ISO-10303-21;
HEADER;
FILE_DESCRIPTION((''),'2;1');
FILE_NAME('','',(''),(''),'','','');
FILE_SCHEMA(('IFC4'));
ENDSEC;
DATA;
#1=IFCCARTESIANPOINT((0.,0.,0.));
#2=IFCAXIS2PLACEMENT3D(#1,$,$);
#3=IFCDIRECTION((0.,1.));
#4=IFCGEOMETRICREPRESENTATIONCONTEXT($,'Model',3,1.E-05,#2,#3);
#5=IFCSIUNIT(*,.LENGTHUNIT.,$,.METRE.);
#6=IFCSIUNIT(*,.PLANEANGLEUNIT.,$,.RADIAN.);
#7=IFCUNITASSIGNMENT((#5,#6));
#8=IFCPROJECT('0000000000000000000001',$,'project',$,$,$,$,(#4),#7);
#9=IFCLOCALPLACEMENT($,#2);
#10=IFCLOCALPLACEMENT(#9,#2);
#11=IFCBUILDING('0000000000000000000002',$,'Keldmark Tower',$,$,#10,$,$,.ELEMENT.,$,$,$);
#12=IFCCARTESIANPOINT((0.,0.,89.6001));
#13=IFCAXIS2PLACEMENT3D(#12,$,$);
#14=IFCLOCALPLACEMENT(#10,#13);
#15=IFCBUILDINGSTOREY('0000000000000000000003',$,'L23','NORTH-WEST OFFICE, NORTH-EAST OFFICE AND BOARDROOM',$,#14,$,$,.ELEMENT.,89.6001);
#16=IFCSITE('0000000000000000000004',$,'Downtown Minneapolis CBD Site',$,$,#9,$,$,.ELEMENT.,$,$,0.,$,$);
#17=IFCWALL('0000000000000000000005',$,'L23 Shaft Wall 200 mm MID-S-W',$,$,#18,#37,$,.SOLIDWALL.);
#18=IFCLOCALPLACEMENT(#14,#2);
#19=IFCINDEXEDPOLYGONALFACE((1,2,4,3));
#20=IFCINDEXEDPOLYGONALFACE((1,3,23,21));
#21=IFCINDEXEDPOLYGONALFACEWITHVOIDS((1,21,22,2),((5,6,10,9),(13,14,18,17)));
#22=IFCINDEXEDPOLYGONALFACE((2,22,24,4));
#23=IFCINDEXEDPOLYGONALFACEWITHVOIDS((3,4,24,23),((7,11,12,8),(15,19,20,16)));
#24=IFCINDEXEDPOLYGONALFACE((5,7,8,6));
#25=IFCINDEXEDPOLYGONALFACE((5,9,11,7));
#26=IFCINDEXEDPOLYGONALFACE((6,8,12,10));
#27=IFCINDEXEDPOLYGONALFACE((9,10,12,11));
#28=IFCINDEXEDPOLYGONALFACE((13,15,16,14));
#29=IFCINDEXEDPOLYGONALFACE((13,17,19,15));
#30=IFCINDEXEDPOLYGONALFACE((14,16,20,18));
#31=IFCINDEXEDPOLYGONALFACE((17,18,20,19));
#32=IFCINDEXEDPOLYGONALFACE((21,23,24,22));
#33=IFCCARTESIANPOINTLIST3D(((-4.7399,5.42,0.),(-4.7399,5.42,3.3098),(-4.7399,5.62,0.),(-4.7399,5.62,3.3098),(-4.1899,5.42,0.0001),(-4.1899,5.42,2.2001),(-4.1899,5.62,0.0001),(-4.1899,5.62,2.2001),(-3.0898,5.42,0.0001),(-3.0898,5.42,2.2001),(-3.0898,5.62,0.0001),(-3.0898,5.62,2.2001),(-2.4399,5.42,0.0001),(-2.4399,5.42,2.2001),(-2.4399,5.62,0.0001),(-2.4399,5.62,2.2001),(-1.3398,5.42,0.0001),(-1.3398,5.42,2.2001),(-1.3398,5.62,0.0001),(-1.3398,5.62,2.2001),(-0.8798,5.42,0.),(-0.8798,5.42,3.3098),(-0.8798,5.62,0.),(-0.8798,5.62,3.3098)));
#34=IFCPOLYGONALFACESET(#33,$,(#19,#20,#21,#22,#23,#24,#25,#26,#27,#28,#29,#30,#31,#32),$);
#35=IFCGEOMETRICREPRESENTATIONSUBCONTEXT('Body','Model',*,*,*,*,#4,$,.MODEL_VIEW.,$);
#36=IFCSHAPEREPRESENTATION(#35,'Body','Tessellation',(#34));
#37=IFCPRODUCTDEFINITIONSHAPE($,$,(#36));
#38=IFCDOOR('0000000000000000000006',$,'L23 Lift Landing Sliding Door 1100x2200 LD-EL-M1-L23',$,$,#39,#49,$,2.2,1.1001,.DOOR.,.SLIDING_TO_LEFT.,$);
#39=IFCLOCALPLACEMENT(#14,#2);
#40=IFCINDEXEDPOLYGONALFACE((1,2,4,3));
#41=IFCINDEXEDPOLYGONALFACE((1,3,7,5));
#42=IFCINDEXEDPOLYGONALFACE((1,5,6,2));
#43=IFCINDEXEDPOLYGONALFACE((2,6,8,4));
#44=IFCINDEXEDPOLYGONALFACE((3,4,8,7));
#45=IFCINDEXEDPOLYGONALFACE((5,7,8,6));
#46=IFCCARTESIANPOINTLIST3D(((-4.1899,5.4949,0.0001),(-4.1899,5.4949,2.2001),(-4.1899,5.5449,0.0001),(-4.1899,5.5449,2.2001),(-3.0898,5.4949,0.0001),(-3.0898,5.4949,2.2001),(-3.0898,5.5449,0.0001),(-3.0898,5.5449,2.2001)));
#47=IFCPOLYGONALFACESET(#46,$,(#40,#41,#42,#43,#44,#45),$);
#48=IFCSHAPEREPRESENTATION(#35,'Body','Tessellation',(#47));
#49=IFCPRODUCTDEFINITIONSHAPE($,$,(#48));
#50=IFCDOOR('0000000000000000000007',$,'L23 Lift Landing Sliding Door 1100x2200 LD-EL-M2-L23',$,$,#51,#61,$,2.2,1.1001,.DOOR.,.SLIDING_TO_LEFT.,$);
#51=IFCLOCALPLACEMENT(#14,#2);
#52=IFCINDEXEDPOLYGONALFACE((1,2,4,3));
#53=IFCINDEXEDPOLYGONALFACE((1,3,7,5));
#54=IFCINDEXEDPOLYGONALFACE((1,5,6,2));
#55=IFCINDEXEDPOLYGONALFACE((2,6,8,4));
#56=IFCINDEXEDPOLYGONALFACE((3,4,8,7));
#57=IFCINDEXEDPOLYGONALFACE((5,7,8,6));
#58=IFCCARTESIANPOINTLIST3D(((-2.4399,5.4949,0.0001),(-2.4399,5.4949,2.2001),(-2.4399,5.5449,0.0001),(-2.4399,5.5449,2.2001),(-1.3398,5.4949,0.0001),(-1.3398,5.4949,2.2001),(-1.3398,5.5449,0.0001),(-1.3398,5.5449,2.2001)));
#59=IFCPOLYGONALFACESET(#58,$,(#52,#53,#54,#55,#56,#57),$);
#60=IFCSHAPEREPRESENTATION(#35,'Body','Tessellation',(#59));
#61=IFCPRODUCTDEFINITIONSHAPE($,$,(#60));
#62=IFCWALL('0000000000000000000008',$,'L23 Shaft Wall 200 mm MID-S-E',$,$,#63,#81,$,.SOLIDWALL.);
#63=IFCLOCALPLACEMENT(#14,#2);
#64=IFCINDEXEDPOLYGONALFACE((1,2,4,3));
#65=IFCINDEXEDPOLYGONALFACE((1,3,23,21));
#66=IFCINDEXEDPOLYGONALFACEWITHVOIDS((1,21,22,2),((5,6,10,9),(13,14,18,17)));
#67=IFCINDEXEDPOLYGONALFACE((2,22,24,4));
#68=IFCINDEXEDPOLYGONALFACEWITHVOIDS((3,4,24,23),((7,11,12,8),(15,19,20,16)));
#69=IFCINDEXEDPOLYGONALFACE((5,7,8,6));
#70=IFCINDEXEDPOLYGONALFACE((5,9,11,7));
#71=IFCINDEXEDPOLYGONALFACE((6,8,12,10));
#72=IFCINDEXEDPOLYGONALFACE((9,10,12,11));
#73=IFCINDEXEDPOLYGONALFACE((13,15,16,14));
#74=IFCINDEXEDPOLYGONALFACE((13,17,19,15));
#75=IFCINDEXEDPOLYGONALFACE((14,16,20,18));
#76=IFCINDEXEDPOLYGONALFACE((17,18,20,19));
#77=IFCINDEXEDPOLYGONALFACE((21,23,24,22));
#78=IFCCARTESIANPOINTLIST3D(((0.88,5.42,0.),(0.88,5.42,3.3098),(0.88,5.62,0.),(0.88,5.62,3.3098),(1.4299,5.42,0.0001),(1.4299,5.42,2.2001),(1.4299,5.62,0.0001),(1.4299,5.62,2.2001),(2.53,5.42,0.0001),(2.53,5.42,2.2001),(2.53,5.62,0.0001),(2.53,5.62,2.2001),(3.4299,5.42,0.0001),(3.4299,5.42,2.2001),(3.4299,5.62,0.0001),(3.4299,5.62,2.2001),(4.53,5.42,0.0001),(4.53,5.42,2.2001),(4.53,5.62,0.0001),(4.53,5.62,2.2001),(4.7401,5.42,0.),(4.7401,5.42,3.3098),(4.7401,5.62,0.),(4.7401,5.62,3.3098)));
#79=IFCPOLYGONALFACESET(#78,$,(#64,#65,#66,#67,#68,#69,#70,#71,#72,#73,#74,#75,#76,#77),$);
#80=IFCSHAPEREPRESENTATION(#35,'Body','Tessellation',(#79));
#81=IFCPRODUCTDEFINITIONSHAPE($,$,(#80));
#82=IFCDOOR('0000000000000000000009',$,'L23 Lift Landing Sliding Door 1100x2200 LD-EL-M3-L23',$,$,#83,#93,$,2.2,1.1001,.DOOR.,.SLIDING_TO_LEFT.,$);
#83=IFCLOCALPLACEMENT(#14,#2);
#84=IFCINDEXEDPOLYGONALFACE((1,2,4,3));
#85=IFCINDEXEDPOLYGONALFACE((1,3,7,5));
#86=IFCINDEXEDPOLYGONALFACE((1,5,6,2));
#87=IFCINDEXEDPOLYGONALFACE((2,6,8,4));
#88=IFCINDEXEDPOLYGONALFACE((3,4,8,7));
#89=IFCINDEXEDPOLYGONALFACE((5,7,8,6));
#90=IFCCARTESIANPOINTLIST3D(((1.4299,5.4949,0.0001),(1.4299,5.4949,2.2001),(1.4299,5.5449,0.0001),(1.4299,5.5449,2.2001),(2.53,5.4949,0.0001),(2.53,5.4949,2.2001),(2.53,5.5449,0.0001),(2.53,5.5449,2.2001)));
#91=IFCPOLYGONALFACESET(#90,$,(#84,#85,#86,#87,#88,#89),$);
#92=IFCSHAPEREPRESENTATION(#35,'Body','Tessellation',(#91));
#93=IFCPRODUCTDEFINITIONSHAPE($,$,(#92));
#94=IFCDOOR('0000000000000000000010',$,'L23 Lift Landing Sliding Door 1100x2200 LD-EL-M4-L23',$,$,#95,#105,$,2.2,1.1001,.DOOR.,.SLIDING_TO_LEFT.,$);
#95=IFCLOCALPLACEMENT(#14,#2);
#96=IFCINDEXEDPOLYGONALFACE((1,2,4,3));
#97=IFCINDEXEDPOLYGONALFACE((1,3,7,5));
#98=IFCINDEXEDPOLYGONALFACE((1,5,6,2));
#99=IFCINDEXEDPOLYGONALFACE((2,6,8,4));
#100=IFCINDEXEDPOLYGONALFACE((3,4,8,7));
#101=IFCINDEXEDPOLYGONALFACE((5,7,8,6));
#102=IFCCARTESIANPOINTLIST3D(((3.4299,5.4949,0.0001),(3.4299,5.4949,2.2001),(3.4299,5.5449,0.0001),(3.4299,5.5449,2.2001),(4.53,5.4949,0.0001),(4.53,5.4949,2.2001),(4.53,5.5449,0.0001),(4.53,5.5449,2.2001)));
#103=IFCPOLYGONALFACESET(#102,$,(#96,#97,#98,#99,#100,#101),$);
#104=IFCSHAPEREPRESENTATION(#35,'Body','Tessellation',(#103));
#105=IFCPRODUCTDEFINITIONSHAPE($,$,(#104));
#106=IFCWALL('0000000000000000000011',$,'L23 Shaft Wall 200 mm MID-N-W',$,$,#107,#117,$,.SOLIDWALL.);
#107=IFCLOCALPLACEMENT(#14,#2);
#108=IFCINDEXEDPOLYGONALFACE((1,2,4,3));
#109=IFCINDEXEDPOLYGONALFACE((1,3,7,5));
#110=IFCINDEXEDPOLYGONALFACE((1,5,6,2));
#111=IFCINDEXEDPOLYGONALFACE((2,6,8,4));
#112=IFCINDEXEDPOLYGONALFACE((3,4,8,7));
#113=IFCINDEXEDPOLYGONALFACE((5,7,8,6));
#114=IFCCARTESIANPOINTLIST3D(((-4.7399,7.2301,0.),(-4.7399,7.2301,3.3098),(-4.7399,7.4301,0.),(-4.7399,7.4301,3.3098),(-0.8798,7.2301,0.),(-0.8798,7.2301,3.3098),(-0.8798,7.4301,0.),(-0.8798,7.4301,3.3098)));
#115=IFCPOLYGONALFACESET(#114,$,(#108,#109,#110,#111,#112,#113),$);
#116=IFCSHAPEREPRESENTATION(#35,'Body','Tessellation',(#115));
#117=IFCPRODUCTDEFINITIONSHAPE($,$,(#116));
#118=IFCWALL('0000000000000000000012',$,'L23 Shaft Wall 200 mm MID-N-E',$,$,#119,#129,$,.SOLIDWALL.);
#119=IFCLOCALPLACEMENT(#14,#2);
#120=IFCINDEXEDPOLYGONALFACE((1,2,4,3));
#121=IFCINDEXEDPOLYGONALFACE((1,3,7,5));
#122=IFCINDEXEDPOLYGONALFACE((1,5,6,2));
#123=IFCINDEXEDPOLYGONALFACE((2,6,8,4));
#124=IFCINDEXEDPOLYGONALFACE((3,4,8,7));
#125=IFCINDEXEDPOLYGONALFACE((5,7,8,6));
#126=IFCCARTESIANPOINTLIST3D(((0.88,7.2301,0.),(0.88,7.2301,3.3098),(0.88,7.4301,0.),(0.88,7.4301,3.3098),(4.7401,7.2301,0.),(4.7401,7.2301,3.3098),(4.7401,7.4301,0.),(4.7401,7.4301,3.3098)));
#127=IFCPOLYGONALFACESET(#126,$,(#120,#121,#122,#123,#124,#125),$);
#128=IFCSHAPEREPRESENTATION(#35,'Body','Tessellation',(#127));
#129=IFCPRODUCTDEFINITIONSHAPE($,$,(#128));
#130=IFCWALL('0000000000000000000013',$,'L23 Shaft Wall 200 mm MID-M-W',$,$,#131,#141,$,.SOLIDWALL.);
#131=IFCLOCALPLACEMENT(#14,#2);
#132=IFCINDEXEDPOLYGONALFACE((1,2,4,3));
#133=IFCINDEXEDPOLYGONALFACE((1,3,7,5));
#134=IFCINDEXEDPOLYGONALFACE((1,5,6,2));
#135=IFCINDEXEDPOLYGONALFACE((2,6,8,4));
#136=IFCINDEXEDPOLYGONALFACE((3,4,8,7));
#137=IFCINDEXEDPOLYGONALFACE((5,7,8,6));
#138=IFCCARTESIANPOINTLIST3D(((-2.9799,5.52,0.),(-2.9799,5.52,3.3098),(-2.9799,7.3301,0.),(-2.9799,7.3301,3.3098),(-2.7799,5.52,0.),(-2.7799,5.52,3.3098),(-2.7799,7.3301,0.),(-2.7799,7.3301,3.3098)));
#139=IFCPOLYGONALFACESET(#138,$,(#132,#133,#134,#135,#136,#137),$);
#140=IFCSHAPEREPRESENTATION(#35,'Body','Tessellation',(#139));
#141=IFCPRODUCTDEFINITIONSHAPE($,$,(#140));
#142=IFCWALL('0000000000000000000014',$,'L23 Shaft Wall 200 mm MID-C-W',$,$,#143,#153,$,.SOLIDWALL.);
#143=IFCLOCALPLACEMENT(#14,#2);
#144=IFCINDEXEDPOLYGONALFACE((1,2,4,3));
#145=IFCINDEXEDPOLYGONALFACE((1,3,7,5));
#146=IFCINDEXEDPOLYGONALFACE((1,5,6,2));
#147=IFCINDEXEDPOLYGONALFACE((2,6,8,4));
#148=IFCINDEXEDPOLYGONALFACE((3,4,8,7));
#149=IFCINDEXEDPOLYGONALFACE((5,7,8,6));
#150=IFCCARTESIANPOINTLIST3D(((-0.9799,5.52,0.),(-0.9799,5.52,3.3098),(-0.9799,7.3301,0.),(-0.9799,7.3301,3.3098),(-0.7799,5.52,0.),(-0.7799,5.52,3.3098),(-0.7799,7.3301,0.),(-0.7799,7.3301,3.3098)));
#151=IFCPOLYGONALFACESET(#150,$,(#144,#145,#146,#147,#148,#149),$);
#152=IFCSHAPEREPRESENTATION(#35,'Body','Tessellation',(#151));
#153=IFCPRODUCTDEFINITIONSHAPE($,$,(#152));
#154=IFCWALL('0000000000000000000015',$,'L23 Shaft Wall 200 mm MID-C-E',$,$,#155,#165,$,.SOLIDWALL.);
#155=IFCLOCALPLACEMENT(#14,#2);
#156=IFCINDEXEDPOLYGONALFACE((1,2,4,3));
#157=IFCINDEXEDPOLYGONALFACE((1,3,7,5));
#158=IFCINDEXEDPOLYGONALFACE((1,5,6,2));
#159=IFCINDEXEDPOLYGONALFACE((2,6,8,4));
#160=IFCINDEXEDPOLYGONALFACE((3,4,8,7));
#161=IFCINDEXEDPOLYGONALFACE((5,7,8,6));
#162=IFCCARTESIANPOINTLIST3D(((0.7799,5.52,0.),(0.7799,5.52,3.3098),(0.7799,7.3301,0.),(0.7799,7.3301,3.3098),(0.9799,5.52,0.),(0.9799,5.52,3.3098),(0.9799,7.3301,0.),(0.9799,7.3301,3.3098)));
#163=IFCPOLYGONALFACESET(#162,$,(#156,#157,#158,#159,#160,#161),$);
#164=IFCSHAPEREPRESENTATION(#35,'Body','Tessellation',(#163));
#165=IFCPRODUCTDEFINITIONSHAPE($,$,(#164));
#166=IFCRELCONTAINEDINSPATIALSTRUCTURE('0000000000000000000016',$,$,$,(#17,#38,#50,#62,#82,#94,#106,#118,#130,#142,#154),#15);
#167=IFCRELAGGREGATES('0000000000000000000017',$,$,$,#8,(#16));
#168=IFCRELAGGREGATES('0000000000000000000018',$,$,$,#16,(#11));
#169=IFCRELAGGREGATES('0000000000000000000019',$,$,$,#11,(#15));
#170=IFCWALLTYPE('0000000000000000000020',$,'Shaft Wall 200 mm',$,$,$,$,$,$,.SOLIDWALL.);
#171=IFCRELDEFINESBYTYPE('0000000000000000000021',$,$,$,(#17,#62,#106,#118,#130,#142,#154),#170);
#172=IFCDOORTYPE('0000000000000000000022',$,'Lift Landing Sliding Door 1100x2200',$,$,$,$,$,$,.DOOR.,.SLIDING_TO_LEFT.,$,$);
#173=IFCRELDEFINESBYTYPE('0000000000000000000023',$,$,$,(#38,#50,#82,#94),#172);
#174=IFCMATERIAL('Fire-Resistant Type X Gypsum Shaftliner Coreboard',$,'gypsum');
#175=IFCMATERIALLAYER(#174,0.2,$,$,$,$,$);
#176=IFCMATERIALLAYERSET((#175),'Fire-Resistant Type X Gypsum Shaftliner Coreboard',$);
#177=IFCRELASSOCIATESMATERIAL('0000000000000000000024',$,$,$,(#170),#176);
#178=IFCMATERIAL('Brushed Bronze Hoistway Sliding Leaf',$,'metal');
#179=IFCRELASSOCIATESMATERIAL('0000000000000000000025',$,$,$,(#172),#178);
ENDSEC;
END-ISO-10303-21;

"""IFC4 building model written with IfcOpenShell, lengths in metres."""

from ifc_helpers import new_model, si_unit, direction, frame, frame_2d, origin, place, context, subcontext, project, spatial, rectangle, extrude, material, layer, layer_set, type_object, element, fill, save


model = new_model("IFC4")

# Units and contexts
model_context = context("Model", 3, precision=1e-05, world=origin(), true_north=direction((0.0, 1.0)))
body_context = subcontext(model_context, "Body", "Model", "MODEL_VIEW")
ifc_project = project(units=[si_unit("LENGTHUNIT", "METRE"), si_unit("PLANEANGLEUNIT", "RADIAN")], contexts=[model_context])

# Site, building, storey
site_placement = place(None, origin())
site = spatial("IfcSite", under=ifc_project, at=site_placement, Name="Downtown Minneapolis CBD Site", CompositionType="ELEMENT", RefElevation=0.0)
building_placement = place(site_placement, origin())
building = spatial("IfcBuilding", under=site, at=building_placement, Name="Keldmark Tower", CompositionType="ELEMENT")
storey_placement = place(building_placement, frame((0.0, 0.0, 89.6001)))
storey = spatial("IfcBuildingStorey", under=building, at=storey_placement, Name="L23", Description="NORTH-WEST OFFICE, NORTH-EAST OFFICE AND BOARDROOM", CompositionType="ELEMENT", Elevation=89.6001)

# Walls, openings, doors
ifc_material_1 = material(Name="Fire-Resistant Type X Gypsum Shaftliner Coreboard", Category="gypsum")
ifc_layer_1 = layer(ifc_material_1, 0.2)
ifc_layer_set_1 = layer_set([ifc_layer_1], Name="Fire-Resistant Type X Gypsum Shaftliner Coreboard")
wall_type_1 = type_object("IfcWallType", Name="Shaft Wall 200 mm", PredefinedType="SOLIDWALL", material=ifc_layer_set_1)
wall_1_placement = place(storey_placement, frame((-4.74, 5.52, 0.0), z_axis=(0.0, 0.0, 1.0), x_axis=(1.0, 0.0, 0.0)))
wall_1 = element("IfcWall", 1, at=wall_1_placement, inside=storey, type_object=wall_type_1, Name="L23 Shaft Wall 200 mm MID-S-W", PredefinedType="SOLIDWALL", context=body_context, shape_type="SweptSolid", body=[
    extrude(rectangle(XDim=3.8601, YDim=0.2, at=frame_2d((1.9302, 0.0))), origin(), (0.0, 0.0, 1.0), 3.3098),
])
opening_1_placement = place(wall_1_placement, frame((0.55, 0.0, 0.0)))
opening_1 = element("IfcOpeningElement", 2, at=opening_1_placement, cuts=wall_1, PredefinedType="OPENING", context=body_context, shape_type="SweptSolid", body=[
    extrude(rectangle(XDim=1.1001, YDim=2.2, at=frame_2d((0.55, 1.1001))), frame((0.0, 0.1099, 0.0), z_axis=(0.0, -1.0, 0.0), x_axis=(1.0, 0.0, 0.0)), (0.0, 0.0, 1.0), 0.22),
])
opening_2_placement = place(wall_1_placement, frame((2.3, 0.0, 0.0)))
opening_2 = element("IfcOpeningElement", 3, at=opening_2_placement, cuts=wall_1, PredefinedType="OPENING", context=body_context, shape_type="SweptSolid", body=[
    extrude(rectangle(XDim=1.1001, YDim=2.2, at=frame_2d((0.55, 1.1001))), frame((0.0, 0.1099, 0.0), z_axis=(0.0, -1.0, 0.0), x_axis=(1.0, 0.0, 0.0)), (0.0, 0.0, 1.0), 0.22),
])
ifc_material_2 = material(Name="Brushed Bronze Hoistway Sliding Leaf", Category="metal")
door_type_1 = type_object("IfcDoorType", Name="Lift Landing Sliding Door 1100x2200", OperationType="SLIDING_TO_LEFT", PredefinedType="DOOR", material=ifc_material_2)
door_1_placement = place(opening_1_placement, origin())
door_1 = element("IfcDoor", 4, at=door_1_placement, inside=storey, type_object=door_type_1, Name="L23 Lift Landing Sliding Door 1100x2200 LD-EL-M1-L23", OperationType="SLIDING_TO_LEFT", OverallHeight=2.2, OverallWidth=1.1001, PredefinedType="DOOR", context=body_context, shape_type="SweptSolid", body=[
    extrude(rectangle(XDim=1.1001, YDim=2.2, at=frame_2d((0.55, 1.1001))), frame((0.0, 0.0249, 0.0), z_axis=(0.0, -1.0, 0.0), x_axis=(1.0, 0.0, 0.0)), (0.0, 0.0, 1.0), 0.05),
])
fill(opening_1, door_1)
door_2_placement = place(opening_2_placement, origin())
door_2 = element("IfcDoor", 5, at=door_2_placement, inside=storey, type_object=door_type_1, Name="L23 Lift Landing Sliding Door 1100x2200 LD-EL-M2-L23", OperationType="SLIDING_TO_LEFT", OverallHeight=2.2, OverallWidth=1.1001, PredefinedType="DOOR", context=body_context, shape_type="SweptSolid", body=[
    extrude(rectangle(XDim=1.1001, YDim=2.2, at=frame_2d((0.55, 1.1001))), frame((0.0, 0.0249, 0.0), z_axis=(0.0, -1.0, 0.0), x_axis=(1.0, 0.0, 0.0)), (0.0, 0.0, 1.0), 0.05),
])
fill(opening_2, door_2)
wall_2_placement = place(storey_placement, frame((0.8799, 5.52, 0.0), z_axis=(0.0, 0.0, 1.0), x_axis=(1.0, 0.0, 0.0)))
wall_2 = element("IfcWall", 6, at=wall_2_placement, inside=storey, type_object=wall_type_1, Name="L23 Shaft Wall 200 mm MID-S-E", PredefinedType="SOLIDWALL", context=body_context, shape_type="SweptSolid", body=[
    extrude(rectangle(XDim=3.8601, YDim=0.2, at=frame_2d((1.9302, 0.0))), origin(), (0.0, 0.0, 1.0), 3.3098),
])
opening_3_placement = place(wall_2_placement, frame((0.55, 0.0, 0.0)))
opening_3 = element("IfcOpeningElement", 7, at=opening_3_placement, cuts=wall_2, PredefinedType="OPENING", context=body_context, shape_type="SweptSolid", body=[
    extrude(rectangle(XDim=1.1001, YDim=2.2, at=frame_2d((0.55, 1.1001))), frame((0.0, 0.1099, 0.0), z_axis=(0.0, -1.0, 0.0), x_axis=(1.0, 0.0, 0.0)), (0.0, 0.0, 1.0), 0.22),
])
opening_4_placement = place(wall_2_placement, frame((2.55, 0.0, 0.0)))
opening_4 = element("IfcOpeningElement", 8, at=opening_4_placement, cuts=wall_2, PredefinedType="OPENING", context=body_context, shape_type="SweptSolid", body=[
    extrude(rectangle(XDim=1.1001, YDim=2.2, at=frame_2d((0.55, 1.1001))), frame((0.0, 0.1099, 0.0), z_axis=(0.0, -1.0, 0.0), x_axis=(1.0, 0.0, 0.0)), (0.0, 0.0, 1.0), 0.22),
])
door_3_placement = place(opening_3_placement, origin())
door_3 = element("IfcDoor", 9, at=door_3_placement, inside=storey, type_object=door_type_1, Name="L23 Lift Landing Sliding Door 1100x2200 LD-EL-M3-L23", OperationType="SLIDING_TO_LEFT", OverallHeight=2.2, OverallWidth=1.1001, PredefinedType="DOOR", context=body_context, shape_type="SweptSolid", body=[
    extrude(rectangle(XDim=1.1001, YDim=2.2, at=frame_2d((0.55, 1.1001))), frame((0.0, 0.0249, 0.0), z_axis=(0.0, -1.0, 0.0), x_axis=(1.0, 0.0, 0.0)), (0.0, 0.0, 1.0), 0.05),
])
fill(opening_3, door_3)
door_4_placement = place(opening_4_placement, origin())
door_4 = element("IfcDoor", 10, at=door_4_placement, inside=storey, type_object=door_type_1, Name="L23 Lift Landing Sliding Door 1100x2200 LD-EL-M4-L23", OperationType="SLIDING_TO_LEFT", OverallHeight=2.2, OverallWidth=1.1001, PredefinedType="DOOR", context=body_context, shape_type="SweptSolid", body=[
    extrude(rectangle(XDim=1.1001, YDim=2.2, at=frame_2d((0.55, 1.1001))), frame((0.0, 0.0249, 0.0), z_axis=(0.0, -1.0, 0.0), x_axis=(1.0, 0.0, 0.0)), (0.0, 0.0, 1.0), 0.05),
])
fill(opening_4, door_4)

# Walls
for number, where, z_axis, x_axis, name in (
    (11, (-4.74, 7.3301, 0.0), (0.0, 0.0, 1.0), (1.0, 0.0, 0.0), "L23 Shaft Wall 200 mm MID-N-W"),
    (12, (0.8799, 7.3301, 0.0), (0.0, 0.0, 1.0), (1.0, 0.0, 0.0), "L23 Shaft Wall 200 mm MID-N-E"),
):
    element("IfcWall", number, at=place(storey_placement, frame(where, z_axis=z_axis, x_axis=x_axis)), inside=storey, type_object=wall_type_1, Name=name, PredefinedType="SOLIDWALL", context=body_context, shape_type="SweptSolid", body=[
        extrude(rectangle(XDim=3.8601, YDim=0.2, at=frame_2d((1.9302, 0.0))), origin(), (0.0, 0.0, 1.0), 3.3098),
    ])
for number, where, z_axis, x_axis, name in (
    (13, (-2.8799, 5.52, 0.0), (0.0, 0.0, 1.0), (0.0, 1.0, 0.0), "L23 Shaft Wall 200 mm MID-M-W"),
    (14, (-0.8799, 5.52, 0.0), (0.0, 0.0, 1.0), (0.0, 1.0, 0.0), "L23 Shaft Wall 200 mm MID-C-W"),
    (15, (0.8799, 5.52, 0.0), (0.0, 0.0, 1.0), (0.0, 1.0, 0.0), "L23 Shaft Wall 200 mm MID-C-E"),
):
    element("IfcWall", number, at=place(storey_placement, frame(where, z_axis=z_axis, x_axis=x_axis)), inside=storey, type_object=wall_type_1, Name=name, PredefinedType="SOLIDWALL", context=body_context, shape_type="SweptSolid", body=[
        extrude(rectangle(XDim=1.8101, YDim=0.2, at=frame_2d((0.905, 0.0))), origin(), (0.0, 0.0, 1.0), 3.3098),
    ])

save(model, "model.ifc")
